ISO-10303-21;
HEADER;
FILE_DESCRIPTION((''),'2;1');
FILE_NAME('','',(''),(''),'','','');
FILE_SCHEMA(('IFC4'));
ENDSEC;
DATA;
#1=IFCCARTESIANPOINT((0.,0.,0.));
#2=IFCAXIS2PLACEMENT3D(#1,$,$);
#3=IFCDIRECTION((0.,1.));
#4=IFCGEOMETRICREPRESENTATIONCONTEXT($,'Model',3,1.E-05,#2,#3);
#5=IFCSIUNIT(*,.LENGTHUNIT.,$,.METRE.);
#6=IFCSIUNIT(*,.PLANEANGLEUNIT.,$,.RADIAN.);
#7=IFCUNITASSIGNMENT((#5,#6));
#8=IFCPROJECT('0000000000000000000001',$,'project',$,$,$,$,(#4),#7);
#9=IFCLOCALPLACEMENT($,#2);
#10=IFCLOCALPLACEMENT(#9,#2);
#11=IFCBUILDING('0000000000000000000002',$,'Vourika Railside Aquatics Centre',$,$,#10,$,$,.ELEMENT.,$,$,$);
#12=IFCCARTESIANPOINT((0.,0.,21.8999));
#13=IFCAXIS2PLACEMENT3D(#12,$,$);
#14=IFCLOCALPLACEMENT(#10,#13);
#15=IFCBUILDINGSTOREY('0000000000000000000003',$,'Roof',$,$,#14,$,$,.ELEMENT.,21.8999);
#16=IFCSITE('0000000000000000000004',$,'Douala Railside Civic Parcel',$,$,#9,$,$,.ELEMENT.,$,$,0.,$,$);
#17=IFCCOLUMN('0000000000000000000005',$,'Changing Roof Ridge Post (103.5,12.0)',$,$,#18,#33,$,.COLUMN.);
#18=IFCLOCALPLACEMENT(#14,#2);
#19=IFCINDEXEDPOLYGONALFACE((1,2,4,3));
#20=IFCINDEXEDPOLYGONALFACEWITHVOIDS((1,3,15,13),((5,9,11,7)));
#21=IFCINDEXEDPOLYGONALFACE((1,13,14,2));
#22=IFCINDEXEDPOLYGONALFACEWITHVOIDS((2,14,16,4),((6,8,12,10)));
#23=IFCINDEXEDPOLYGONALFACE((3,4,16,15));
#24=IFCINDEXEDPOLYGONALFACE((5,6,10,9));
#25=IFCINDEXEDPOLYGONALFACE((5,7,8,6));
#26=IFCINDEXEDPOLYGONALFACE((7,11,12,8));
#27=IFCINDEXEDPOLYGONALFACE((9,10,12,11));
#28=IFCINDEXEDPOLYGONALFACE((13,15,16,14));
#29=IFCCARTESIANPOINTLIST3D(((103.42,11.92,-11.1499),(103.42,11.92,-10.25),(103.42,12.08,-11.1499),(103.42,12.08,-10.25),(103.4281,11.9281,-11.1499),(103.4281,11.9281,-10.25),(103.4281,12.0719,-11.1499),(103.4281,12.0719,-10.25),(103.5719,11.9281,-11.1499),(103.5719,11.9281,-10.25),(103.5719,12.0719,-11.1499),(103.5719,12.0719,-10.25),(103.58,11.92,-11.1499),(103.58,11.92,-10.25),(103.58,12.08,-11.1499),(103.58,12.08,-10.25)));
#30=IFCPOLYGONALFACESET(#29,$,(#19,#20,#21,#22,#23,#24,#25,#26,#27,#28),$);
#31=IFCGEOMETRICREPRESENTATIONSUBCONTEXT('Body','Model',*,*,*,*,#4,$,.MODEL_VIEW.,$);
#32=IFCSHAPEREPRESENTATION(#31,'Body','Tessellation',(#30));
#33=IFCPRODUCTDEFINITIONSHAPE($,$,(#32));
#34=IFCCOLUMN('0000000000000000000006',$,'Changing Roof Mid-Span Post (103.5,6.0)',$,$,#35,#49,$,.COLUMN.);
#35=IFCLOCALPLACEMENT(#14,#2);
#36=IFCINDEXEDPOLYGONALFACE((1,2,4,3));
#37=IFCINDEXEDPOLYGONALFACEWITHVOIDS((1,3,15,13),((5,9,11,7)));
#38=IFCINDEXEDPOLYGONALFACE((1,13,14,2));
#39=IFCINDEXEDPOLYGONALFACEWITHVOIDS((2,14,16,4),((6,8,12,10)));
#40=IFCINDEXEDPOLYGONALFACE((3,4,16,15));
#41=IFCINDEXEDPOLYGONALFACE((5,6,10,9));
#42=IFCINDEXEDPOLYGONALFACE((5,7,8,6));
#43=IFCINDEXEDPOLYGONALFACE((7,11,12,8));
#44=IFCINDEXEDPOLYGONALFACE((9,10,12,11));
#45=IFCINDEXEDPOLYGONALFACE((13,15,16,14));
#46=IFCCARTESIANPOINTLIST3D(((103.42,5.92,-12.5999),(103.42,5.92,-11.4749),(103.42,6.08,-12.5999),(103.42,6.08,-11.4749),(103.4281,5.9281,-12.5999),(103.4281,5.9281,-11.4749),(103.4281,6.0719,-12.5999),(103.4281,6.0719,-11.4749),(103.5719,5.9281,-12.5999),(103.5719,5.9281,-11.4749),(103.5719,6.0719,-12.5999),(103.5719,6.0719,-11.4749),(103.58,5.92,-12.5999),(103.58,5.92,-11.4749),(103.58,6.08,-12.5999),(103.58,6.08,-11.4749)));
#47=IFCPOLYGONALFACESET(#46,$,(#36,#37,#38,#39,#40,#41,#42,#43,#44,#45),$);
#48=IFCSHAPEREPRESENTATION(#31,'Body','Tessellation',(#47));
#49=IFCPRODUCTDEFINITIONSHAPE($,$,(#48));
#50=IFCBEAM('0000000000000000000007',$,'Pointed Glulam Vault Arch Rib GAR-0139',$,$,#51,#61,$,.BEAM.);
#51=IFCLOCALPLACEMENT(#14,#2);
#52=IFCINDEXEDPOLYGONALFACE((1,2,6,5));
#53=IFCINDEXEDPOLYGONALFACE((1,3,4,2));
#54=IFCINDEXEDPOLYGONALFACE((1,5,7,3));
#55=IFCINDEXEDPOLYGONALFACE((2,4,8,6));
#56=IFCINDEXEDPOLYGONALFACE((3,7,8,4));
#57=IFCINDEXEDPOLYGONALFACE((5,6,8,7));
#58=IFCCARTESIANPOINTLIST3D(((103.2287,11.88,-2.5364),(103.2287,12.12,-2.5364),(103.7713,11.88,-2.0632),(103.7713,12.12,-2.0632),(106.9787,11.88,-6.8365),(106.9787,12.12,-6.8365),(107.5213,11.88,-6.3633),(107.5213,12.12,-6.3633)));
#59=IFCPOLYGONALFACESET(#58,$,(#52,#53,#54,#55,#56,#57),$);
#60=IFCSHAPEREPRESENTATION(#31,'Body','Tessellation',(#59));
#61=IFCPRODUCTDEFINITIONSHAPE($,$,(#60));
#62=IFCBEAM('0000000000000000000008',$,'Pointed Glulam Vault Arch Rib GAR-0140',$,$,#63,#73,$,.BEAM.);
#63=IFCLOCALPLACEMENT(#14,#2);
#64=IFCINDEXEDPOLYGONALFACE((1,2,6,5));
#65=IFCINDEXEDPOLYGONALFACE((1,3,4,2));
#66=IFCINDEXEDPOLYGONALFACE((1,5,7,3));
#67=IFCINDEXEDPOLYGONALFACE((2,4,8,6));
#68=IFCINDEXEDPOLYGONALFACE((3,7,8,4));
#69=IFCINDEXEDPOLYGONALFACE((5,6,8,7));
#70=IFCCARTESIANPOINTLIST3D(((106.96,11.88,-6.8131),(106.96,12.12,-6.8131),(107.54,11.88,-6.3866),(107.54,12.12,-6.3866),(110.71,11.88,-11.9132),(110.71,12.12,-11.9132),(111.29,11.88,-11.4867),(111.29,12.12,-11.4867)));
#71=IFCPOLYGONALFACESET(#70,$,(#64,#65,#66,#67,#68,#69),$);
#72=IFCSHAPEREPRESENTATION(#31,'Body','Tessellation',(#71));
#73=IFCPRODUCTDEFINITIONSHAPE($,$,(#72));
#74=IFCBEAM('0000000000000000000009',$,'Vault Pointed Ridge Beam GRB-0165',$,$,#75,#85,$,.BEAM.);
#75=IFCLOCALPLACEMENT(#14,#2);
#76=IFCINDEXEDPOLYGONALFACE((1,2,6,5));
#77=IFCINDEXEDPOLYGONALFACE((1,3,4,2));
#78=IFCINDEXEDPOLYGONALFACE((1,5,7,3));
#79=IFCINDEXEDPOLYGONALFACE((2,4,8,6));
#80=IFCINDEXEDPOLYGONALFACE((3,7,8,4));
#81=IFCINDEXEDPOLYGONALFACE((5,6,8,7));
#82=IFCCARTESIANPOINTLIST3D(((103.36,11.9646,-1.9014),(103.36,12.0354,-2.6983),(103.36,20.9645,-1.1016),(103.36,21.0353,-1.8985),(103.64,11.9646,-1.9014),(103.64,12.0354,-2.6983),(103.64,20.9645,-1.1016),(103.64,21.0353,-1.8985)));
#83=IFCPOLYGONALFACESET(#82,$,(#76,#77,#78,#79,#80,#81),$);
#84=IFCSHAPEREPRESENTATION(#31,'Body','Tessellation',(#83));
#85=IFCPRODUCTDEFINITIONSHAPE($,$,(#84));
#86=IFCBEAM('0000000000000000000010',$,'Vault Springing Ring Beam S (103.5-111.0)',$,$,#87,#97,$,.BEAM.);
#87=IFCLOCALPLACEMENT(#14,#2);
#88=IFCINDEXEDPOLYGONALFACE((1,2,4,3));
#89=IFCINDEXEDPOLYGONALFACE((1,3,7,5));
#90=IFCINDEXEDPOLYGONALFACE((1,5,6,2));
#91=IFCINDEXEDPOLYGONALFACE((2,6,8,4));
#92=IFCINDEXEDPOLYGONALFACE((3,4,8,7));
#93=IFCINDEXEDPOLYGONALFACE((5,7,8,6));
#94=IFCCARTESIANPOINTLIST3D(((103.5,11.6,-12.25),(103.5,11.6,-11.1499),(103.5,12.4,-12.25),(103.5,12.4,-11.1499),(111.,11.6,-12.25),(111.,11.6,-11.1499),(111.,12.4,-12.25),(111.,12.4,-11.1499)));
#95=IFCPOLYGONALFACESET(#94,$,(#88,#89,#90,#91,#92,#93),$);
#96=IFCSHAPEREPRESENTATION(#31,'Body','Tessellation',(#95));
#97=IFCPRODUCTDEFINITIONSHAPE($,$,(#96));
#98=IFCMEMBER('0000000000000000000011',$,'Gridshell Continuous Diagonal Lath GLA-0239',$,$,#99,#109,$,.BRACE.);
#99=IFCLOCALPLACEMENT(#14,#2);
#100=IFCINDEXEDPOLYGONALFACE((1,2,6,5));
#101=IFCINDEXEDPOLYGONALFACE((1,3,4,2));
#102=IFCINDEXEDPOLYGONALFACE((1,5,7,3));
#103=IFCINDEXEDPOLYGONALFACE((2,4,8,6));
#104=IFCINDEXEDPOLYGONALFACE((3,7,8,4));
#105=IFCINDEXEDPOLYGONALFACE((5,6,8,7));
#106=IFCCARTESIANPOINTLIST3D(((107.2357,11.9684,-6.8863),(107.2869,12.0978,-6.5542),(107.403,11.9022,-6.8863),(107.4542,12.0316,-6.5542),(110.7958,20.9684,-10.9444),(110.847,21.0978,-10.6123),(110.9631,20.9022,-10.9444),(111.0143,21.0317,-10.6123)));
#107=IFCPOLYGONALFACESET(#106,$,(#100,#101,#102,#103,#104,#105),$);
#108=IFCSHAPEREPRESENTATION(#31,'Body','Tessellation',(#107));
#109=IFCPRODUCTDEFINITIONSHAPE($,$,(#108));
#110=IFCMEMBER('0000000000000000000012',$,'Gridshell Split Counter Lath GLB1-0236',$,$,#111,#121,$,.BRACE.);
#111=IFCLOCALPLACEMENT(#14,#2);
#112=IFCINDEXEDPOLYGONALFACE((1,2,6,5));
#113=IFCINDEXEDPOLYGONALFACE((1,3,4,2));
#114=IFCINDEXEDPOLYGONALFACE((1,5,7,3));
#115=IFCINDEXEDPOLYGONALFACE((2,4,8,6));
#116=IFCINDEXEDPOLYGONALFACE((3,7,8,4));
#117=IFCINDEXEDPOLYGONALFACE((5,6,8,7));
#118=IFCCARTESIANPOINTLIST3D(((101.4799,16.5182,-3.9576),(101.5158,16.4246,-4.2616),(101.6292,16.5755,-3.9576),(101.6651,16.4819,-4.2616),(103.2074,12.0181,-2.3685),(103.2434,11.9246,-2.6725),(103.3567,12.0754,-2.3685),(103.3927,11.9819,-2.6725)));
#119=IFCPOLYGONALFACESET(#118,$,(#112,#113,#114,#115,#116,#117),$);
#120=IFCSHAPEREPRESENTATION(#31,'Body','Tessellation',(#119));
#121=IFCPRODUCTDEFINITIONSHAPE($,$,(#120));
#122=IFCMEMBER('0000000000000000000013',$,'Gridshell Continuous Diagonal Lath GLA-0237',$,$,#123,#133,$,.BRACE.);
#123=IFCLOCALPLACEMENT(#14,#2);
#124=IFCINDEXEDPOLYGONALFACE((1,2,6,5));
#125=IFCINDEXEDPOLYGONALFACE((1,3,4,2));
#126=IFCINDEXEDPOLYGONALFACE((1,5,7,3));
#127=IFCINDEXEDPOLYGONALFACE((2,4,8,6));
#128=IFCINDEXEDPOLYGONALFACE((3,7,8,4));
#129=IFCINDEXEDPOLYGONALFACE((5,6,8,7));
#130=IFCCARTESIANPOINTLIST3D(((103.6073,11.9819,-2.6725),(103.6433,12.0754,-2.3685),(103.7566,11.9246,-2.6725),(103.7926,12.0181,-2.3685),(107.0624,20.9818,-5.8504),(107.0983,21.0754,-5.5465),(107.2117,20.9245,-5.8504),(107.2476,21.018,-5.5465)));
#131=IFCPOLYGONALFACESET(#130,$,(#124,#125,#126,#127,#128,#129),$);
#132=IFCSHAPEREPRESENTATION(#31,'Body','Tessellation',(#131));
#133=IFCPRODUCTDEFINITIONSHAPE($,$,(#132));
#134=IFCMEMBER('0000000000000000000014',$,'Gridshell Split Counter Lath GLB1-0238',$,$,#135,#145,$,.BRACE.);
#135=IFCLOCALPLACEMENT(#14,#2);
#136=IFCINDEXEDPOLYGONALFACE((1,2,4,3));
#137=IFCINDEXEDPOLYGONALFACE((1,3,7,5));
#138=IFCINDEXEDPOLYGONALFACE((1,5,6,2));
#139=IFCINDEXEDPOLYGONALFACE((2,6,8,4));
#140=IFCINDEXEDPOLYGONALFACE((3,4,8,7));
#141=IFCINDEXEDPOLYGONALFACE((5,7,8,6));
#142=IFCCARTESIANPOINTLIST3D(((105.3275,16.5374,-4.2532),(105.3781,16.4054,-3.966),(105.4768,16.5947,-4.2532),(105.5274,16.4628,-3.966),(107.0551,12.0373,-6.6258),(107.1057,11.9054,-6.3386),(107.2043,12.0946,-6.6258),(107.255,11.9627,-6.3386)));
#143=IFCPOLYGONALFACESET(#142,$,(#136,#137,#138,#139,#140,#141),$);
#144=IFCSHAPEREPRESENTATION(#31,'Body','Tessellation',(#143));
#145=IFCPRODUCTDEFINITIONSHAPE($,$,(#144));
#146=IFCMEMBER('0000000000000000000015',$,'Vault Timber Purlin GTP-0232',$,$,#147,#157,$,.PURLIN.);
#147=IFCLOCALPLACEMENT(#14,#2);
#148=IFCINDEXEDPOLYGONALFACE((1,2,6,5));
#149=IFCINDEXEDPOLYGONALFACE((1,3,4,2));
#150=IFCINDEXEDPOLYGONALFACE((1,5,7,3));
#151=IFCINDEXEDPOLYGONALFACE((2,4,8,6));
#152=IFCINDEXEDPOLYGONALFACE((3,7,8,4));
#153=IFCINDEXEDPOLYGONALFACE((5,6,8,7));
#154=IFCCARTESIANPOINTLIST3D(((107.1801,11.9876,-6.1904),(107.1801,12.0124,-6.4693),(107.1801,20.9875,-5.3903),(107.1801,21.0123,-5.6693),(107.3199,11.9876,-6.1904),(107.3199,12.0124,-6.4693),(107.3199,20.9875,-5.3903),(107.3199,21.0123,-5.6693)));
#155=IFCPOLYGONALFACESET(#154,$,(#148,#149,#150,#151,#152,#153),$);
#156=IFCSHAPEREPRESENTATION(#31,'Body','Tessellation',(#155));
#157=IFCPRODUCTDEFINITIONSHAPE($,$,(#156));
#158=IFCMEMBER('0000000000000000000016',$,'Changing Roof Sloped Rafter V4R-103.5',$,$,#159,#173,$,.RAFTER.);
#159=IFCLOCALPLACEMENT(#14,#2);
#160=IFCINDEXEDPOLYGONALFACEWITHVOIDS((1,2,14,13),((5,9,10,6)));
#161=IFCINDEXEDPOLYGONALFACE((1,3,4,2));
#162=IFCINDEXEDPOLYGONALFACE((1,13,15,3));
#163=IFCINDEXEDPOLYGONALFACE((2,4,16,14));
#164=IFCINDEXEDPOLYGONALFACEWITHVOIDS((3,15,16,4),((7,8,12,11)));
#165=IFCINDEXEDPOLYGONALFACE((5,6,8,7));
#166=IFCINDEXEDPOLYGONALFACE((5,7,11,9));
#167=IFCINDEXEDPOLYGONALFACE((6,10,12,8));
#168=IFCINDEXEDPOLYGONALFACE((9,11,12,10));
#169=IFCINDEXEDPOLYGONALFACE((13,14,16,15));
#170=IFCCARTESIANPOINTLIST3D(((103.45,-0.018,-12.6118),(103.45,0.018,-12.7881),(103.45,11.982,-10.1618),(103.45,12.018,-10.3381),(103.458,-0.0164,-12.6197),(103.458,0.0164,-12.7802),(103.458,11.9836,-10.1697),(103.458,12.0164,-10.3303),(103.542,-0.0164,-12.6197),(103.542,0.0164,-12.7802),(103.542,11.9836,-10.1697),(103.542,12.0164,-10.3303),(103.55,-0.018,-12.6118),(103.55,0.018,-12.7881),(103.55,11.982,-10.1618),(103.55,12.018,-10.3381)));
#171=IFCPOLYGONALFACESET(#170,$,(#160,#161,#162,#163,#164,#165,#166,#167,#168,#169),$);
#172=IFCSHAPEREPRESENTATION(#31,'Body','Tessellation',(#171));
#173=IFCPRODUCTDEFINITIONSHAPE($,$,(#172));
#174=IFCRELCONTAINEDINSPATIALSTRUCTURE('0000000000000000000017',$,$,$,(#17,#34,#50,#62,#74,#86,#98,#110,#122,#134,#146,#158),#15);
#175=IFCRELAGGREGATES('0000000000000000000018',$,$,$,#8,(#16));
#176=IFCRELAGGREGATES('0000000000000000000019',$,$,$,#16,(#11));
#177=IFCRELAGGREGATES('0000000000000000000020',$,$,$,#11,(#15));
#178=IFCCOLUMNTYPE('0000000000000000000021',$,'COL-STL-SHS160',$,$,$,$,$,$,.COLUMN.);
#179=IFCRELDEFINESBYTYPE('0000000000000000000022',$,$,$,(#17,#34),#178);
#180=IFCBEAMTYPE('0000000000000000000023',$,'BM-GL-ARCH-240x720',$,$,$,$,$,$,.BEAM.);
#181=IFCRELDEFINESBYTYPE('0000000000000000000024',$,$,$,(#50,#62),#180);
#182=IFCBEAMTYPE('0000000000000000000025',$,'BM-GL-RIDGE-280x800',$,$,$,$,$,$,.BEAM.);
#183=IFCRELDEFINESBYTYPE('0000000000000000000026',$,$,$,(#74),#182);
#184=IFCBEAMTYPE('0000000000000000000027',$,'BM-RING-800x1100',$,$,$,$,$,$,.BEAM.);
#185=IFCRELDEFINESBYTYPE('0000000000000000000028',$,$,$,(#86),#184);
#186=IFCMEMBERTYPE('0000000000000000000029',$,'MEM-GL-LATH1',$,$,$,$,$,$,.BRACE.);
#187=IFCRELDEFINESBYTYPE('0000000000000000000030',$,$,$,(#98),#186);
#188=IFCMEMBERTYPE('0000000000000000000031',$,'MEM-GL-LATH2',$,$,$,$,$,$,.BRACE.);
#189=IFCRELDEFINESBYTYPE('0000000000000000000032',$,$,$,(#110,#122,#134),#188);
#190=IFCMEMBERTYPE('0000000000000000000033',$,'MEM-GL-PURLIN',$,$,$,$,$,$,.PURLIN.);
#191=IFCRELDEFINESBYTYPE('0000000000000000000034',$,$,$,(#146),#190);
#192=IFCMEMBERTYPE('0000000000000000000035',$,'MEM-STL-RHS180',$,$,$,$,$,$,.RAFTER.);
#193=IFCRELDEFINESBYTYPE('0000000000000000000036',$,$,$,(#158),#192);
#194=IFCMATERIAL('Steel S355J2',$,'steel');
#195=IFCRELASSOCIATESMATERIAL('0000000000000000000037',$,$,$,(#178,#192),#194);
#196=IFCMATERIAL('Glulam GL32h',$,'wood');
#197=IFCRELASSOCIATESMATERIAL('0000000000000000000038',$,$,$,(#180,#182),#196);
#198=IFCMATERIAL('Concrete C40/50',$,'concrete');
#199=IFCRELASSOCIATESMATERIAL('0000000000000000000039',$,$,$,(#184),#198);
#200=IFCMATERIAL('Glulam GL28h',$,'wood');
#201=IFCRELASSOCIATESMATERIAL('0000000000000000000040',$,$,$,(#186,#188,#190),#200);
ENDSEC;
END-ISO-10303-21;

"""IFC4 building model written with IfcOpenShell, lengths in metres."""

from ifc_helpers import new_model, si_unit, direction, frame, origin, origin_2d, place, context, subcontext, project, spatial, rectangle, hollow_rectangle, extrude, material, material_profile, profile_set, type_object, element, save


model = new_model("IFC4")

# Units and contexts
model_context = context("Model", 3, precision=1e-05, world=origin(), true_north=direction((0.0, 1.0)))
body_context = subcontext(model_context, "Body", "Model", "MODEL_VIEW")
ifc_project = project(units=[si_unit("LENGTHUNIT", "METRE"), si_unit("PLANEANGLEUNIT", "RADIAN")], contexts=[model_context])

# Site, building, storey
site_placement = place(None, origin())
site = spatial("IfcSite", under=ifc_project, at=site_placement, Name="Douala Railside Civic Parcel", CompositionType="ELEMENT", RefElevation=0.0)
building_placement = place(site_placement, origin())
building = spatial("IfcBuilding", under=site, at=building_placement, Name="Vourika Railside Aquatics Centre", CompositionType="ELEMENT")
storey_placement = place(building_placement, frame((0.0, 0.0, 21.8999)))
storey = spatial("IfcBuildingStorey", under=building, at=storey_placement, Name="Roof", CompositionType="ELEMENT", Elevation=21.8999)

# Columns
ifc_material_1 = material(Name="Steel S355J2", Category="steel")
ifc_material_profile_1 = material_profile(ifc_material_1, hollow_rectangle(XDim=0.1599, YDim=0.1599, WallThickness=0.0081, at=origin_2d()), Name="SHS 160x160x8")
ifc_profile_set_1 = profile_set([ifc_material_profile_1], Name="Steel S355J2")
column_type = type_object("IfcColumnType", Name="COL-STL-SHS160", PredefinedType="COLUMN", material=ifc_profile_set_1)
column_1_placement = place(storey_placement, frame((103.5, 12.0, -11.1499), z_axis=(0.0, 0.0, 1.0), x_axis=(1.0, 0.0, 0.0)))
element("IfcColumn", 1, at=column_1_placement, inside=storey, type_object=column_type, Name="Changing Roof Ridge Post (103.5,12.0)", PredefinedType="COLUMN", context=body_context, shape_type="SweptSolid", body=[
    extrude(hollow_rectangle(XDim=0.1599, YDim=0.1599, WallThickness=0.0081, at=origin_2d()), origin(), (0.0, 0.0, 1.0), 0.8999),
])
column_2_placement = place(storey_placement, frame((103.5, 6.0, -12.5999), z_axis=(0.0, 0.0, 1.0), x_axis=(1.0, 0.0, 0.0)))
element("IfcColumn", 2, at=column_2_placement, inside=storey, type_object=column_type, Name="Changing Roof Mid-Span Post (103.5,6.0)", PredefinedType="COLUMN", context=body_context, shape_type="SweptSolid", body=[
    extrude(hollow_rectangle(XDim=0.1599, YDim=0.1599, WallThickness=0.0081, at=origin_2d()), origin(), (0.0, 0.0, 1.0), 1.125),
])

# Beams
ifc_material_2 = material(Name="Glulam GL32h", Category="wood")
ifc_material_profile_2 = material_profile(ifc_material_2, rectangle(XDim=0.24, YDim=0.72, at=origin_2d()), Name="GL32h 240x720")
ifc_profile_set_2 = profile_set([ifc_material_profile_2], Name="Glulam GL32h")
beam_type_1 = type_object("IfcBeamType", Name="BM-GL-ARCH-240x720", PredefinedType="BEAM", material=ifc_profile_set_2)
beam_1_placement = place(storey_placement, frame((103.5, 12.0, -2.2998), z_axis=(0.657259, 0.0, -0.753665), x_axis=(0.0, 1.0, 0.0)))
element("IfcBeam", 3, at=beam_1_placement, inside=storey, type_object=beam_type_1, Name="Pointed Glulam Vault Arch Rib GAR-0139", PredefinedType="BEAM", context=body_context, shape_type="SweptSolid", body=[
    extrude(rectangle(XDim=0.24, YDim=0.72, at=origin_2d()), origin(), (0.0, 0.0, 1.0), 5.7056),
])
beam_2_placement = place(storey_placement, frame((107.25, 12.0, -6.5999), z_axis=(0.592383, 0.0, -0.805656), x_axis=(0.0, 1.0, 0.0)))
element("IfcBeam", 4, at=beam_2_placement, inside=storey, type_object=beam_type_1, Name="Pointed Glulam Vault Arch Rib GAR-0140", PredefinedType="BEAM", context=body_context, shape_type="SweptSolid", body=[
    extrude(rectangle(XDim=0.24, YDim=0.72, at=origin_2d()), origin(), (0.0, 0.0, 1.0), 6.3303),
])
ifc_material_profile_3 = material_profile(ifc_material_2, rectangle(XDim=0.28, YDim=0.8, at=origin_2d()), Name="GL32h 280x800")
ifc_profile_set_3 = profile_set([ifc_material_profile_3], Name="Glulam GL32h")
beam_type_2 = type_object("IfcBeamType", Name="BM-GL-RIDGE-280x800", PredefinedType="BEAM", material=ifc_profile_set_3)
beam_3_placement = place(storey_placement, frame((103.5, 12.0, -2.2998), z_axis=(0.0, 0.996075, 0.088518), x_axis=(-1.0, 0.0, 0.0)))
element("IfcBeam", 5, at=beam_3_placement, inside=storey, type_object=beam_type_2, Name="Vault Pointed Ridge Beam GRB-0165", PredefinedType="BEAM", context=body_context, shape_type="SweptSolid", body=[
    extrude(rectangle(XDim=0.28, YDim=0.8, at=origin_2d()), origin(), (0.0, 0.0, 1.0), 9.0354),
])
ifc_material_3 = material(Name="Concrete C40/50", Category="concrete")
ifc_material_profile_4 = material_profile(ifc_material_3, rectangle(XDim=0.8, YDim=1.1001, at=origin_2d()), Name="RC 800x1100")
ifc_profile_set_4 = profile_set([ifc_material_profile_4], Name="Concrete C40/50")
beam_type_3 = type_object("IfcBeamType", Name="BM-RING-800x1100", PredefinedType="BEAM", material=ifc_profile_set_4)
beam_4_placement = place(storey_placement, frame((103.5, 12.0, -11.7), z_axis=(1.0, 0.0, 0.0), x_axis=(0.0, 1.0, 0.0)))
element("IfcBeam", 6, at=beam_4_placement, inside=storey, type_object=beam_type_3, Name="Vault Springing Ring Beam S (103.5-111.0)", PredefinedType="BEAM", context=body_context, shape_type="SweptSolid", body=[
    extrude(rectangle(XDim=0.8, YDim=1.1001, at=origin_2d()), origin(), (0.0, 0.0, 1.0), 7.5),
])

# Members
ifc_material_4 = material(Name="Glulam GL28h", Category="wood")
ifc_material_profile_5 = material_profile(ifc_material_4, rectangle(XDim=0.1799, YDim=0.3601, at=origin_2d()), Name="GL28h 180x360")
ifc_profile_set_5 = profile_set([ifc_material_profile_5], Name="Glulam GL28h")
member_type_1 = type_object("IfcMemberType", Name="MEM-GL-LATH1", PredefinedType="BRACE", material=ifc_profile_set_5)
member_1_placement = place(storey_placement, frame((107.345, 12.0, -6.7202), z_axis=(0.339219, 0.857562, -0.386675), x_axis=(-0.929893, 0.36783, 0.0)))
element("IfcMember", 7, at=member_1_placement, inside=storey, type_object=member_type_1, Name="Gridshell Continuous Diagonal Lath GLA-0239", PredefinedType="BRACE", context=body_context, shape_type="SweptSolid", body=[
    extrude(rectangle(XDim=0.1799, YDim=0.3601, at=origin_2d()), origin(), (0.0, 0.0, 1.0), 10.4949),
])
ifc_material_profile_6 = material_profile(ifc_material_4, rectangle(XDim=0.1599, YDim=0.3201, at=origin_2d()), Name="GL28h 160x320")
ifc_profile_set_6 = profile_set([ifc_material_profile_6], Name="Glulam GL28h")
member_type_2 = type_object("IfcMemberType", Name="MEM-GL-LATH2", PredefinedType="BRACE", material=ifc_profile_set_6)
member_2_placement = place(storey_placement, frame((103.3, 12.0, -2.5205), z_axis=(-0.340375, 0.88663, -0.313101), x_axis=(-0.93357, -0.358395, 0.0)))
element("IfcMember", 8, at=member_2_placement, inside=storey, type_object=member_type_2, Name="Gridshell Split Counter Lath GLB1-0236", PredefinedType="BRACE", context=body_context, shape_type="SweptSolid", body=[
    extrude(rectangle(XDim=0.1599, YDim=0.3201, at=origin_2d()), origin(), (0.0, 0.0, 1.0), 5.0754),
])
member_3_placement = place(storey_placement, frame((103.7, 12.0, -2.5205), z_axis=(0.340378, 0.886637, -0.313079), x_axis=(-0.93357, 0.358395, 0.0)))
element("IfcMember", 9, at=member_3_placement, inside=storey, type_object=member_type_2, Name="Gridshell Continuous Diagonal Lath GLA-0237", PredefinedType="BRACE", context=body_context, shape_type="SweptSolid", body=[
    extrude(rectangle(XDim=0.1599, YDim=0.3201, at=origin_2d()), origin(), (0.0, 0.0, 1.0), 10.1506),
])
member_4_placement = place(storey_placement, frame((107.155, 12.0, -6.4822), z_axis=(-0.321554, 0.837604, 0.441614), x_axis=(-0.93357, -0.358395, 0.0)))
element("IfcMember", 10, at=member_4_placement, inside=storey, type_object=member_type_2, Name="Gridshell Split Counter Lath GLB1-0238", PredefinedType="BRACE", context=body_context, shape_type="SweptSolid", body=[
    extrude(rectangle(XDim=0.1599, YDim=0.3201, at=origin_2d()), origin(), (0.0, 0.0, 1.0), 5.3726),
])
ifc_material_profile_7 = material_profile(ifc_material_4, rectangle(XDim=0.1399, YDim=0.28, at=origin_2d()), Name="GL28h 140x280")
ifc_profile_set_7 = profile_set([ifc_material_profile_7], Name="Glulam GL28h")
member_type_3 = type_object("IfcMemberType", Name="MEM-GL-PURLIN", PredefinedType="PURLIN", material=ifc_profile_set_7)
member_5_placement = place(storey_placement, frame((107.25, 12.0, -6.3298), z_axis=(0.0, 0.996072, 0.088545), x_axis=(-1.0, 0.0, 0.0)))
element("IfcMember", 11, at=member_5_placement, inside=storey, type_object=member_type_3, Name="Vault Timber Purlin GTP-0232", PredefinedType="PURLIN", context=body_context, shape_type="SweptSolid", body=[
    extrude(rectangle(XDim=0.1399, YDim=0.28, at=origin_2d()), origin(), (0.0, 0.0, 1.0), 9.0354),
])
ifc_material_profile_8 = material_profile(ifc_material_1, hollow_rectangle(XDim=0.1001, YDim=0.1799, WallThickness=0.0081, at=origin_2d()), Name="RHS 180x100x8")
ifc_profile_set_8 = profile_set([ifc_material_profile_8], Name="Steel S355J2")
member_type_4 = type_object("IfcMemberType", Name="MEM-STL-RHS180", PredefinedType="RAFTER", material=ifc_profile_set_8)
member_6_placement = place(storey_placement, frame((103.5, 0.0, -12.7), z_axis=(0.0, 0.979789, 0.200036), x_axis=(-1.0, 0.0, 0.0)))
element("IfcMember", 12, at=member_6_placement, inside=storey, type_object=member_type_4, Name="Changing Roof Sloped Rafter V4R-103.5", PredefinedType="RAFTER", context=body_context, shape_type="SweptSolid", body=[
    extrude(hollow_rectangle(XDim=0.1001, YDim=0.1799, WallThickness=0.0081, at=origin_2d()), origin(), (0.0, 0.0, 1.0), 12.2476),
])

save(model, "model.ifc")
